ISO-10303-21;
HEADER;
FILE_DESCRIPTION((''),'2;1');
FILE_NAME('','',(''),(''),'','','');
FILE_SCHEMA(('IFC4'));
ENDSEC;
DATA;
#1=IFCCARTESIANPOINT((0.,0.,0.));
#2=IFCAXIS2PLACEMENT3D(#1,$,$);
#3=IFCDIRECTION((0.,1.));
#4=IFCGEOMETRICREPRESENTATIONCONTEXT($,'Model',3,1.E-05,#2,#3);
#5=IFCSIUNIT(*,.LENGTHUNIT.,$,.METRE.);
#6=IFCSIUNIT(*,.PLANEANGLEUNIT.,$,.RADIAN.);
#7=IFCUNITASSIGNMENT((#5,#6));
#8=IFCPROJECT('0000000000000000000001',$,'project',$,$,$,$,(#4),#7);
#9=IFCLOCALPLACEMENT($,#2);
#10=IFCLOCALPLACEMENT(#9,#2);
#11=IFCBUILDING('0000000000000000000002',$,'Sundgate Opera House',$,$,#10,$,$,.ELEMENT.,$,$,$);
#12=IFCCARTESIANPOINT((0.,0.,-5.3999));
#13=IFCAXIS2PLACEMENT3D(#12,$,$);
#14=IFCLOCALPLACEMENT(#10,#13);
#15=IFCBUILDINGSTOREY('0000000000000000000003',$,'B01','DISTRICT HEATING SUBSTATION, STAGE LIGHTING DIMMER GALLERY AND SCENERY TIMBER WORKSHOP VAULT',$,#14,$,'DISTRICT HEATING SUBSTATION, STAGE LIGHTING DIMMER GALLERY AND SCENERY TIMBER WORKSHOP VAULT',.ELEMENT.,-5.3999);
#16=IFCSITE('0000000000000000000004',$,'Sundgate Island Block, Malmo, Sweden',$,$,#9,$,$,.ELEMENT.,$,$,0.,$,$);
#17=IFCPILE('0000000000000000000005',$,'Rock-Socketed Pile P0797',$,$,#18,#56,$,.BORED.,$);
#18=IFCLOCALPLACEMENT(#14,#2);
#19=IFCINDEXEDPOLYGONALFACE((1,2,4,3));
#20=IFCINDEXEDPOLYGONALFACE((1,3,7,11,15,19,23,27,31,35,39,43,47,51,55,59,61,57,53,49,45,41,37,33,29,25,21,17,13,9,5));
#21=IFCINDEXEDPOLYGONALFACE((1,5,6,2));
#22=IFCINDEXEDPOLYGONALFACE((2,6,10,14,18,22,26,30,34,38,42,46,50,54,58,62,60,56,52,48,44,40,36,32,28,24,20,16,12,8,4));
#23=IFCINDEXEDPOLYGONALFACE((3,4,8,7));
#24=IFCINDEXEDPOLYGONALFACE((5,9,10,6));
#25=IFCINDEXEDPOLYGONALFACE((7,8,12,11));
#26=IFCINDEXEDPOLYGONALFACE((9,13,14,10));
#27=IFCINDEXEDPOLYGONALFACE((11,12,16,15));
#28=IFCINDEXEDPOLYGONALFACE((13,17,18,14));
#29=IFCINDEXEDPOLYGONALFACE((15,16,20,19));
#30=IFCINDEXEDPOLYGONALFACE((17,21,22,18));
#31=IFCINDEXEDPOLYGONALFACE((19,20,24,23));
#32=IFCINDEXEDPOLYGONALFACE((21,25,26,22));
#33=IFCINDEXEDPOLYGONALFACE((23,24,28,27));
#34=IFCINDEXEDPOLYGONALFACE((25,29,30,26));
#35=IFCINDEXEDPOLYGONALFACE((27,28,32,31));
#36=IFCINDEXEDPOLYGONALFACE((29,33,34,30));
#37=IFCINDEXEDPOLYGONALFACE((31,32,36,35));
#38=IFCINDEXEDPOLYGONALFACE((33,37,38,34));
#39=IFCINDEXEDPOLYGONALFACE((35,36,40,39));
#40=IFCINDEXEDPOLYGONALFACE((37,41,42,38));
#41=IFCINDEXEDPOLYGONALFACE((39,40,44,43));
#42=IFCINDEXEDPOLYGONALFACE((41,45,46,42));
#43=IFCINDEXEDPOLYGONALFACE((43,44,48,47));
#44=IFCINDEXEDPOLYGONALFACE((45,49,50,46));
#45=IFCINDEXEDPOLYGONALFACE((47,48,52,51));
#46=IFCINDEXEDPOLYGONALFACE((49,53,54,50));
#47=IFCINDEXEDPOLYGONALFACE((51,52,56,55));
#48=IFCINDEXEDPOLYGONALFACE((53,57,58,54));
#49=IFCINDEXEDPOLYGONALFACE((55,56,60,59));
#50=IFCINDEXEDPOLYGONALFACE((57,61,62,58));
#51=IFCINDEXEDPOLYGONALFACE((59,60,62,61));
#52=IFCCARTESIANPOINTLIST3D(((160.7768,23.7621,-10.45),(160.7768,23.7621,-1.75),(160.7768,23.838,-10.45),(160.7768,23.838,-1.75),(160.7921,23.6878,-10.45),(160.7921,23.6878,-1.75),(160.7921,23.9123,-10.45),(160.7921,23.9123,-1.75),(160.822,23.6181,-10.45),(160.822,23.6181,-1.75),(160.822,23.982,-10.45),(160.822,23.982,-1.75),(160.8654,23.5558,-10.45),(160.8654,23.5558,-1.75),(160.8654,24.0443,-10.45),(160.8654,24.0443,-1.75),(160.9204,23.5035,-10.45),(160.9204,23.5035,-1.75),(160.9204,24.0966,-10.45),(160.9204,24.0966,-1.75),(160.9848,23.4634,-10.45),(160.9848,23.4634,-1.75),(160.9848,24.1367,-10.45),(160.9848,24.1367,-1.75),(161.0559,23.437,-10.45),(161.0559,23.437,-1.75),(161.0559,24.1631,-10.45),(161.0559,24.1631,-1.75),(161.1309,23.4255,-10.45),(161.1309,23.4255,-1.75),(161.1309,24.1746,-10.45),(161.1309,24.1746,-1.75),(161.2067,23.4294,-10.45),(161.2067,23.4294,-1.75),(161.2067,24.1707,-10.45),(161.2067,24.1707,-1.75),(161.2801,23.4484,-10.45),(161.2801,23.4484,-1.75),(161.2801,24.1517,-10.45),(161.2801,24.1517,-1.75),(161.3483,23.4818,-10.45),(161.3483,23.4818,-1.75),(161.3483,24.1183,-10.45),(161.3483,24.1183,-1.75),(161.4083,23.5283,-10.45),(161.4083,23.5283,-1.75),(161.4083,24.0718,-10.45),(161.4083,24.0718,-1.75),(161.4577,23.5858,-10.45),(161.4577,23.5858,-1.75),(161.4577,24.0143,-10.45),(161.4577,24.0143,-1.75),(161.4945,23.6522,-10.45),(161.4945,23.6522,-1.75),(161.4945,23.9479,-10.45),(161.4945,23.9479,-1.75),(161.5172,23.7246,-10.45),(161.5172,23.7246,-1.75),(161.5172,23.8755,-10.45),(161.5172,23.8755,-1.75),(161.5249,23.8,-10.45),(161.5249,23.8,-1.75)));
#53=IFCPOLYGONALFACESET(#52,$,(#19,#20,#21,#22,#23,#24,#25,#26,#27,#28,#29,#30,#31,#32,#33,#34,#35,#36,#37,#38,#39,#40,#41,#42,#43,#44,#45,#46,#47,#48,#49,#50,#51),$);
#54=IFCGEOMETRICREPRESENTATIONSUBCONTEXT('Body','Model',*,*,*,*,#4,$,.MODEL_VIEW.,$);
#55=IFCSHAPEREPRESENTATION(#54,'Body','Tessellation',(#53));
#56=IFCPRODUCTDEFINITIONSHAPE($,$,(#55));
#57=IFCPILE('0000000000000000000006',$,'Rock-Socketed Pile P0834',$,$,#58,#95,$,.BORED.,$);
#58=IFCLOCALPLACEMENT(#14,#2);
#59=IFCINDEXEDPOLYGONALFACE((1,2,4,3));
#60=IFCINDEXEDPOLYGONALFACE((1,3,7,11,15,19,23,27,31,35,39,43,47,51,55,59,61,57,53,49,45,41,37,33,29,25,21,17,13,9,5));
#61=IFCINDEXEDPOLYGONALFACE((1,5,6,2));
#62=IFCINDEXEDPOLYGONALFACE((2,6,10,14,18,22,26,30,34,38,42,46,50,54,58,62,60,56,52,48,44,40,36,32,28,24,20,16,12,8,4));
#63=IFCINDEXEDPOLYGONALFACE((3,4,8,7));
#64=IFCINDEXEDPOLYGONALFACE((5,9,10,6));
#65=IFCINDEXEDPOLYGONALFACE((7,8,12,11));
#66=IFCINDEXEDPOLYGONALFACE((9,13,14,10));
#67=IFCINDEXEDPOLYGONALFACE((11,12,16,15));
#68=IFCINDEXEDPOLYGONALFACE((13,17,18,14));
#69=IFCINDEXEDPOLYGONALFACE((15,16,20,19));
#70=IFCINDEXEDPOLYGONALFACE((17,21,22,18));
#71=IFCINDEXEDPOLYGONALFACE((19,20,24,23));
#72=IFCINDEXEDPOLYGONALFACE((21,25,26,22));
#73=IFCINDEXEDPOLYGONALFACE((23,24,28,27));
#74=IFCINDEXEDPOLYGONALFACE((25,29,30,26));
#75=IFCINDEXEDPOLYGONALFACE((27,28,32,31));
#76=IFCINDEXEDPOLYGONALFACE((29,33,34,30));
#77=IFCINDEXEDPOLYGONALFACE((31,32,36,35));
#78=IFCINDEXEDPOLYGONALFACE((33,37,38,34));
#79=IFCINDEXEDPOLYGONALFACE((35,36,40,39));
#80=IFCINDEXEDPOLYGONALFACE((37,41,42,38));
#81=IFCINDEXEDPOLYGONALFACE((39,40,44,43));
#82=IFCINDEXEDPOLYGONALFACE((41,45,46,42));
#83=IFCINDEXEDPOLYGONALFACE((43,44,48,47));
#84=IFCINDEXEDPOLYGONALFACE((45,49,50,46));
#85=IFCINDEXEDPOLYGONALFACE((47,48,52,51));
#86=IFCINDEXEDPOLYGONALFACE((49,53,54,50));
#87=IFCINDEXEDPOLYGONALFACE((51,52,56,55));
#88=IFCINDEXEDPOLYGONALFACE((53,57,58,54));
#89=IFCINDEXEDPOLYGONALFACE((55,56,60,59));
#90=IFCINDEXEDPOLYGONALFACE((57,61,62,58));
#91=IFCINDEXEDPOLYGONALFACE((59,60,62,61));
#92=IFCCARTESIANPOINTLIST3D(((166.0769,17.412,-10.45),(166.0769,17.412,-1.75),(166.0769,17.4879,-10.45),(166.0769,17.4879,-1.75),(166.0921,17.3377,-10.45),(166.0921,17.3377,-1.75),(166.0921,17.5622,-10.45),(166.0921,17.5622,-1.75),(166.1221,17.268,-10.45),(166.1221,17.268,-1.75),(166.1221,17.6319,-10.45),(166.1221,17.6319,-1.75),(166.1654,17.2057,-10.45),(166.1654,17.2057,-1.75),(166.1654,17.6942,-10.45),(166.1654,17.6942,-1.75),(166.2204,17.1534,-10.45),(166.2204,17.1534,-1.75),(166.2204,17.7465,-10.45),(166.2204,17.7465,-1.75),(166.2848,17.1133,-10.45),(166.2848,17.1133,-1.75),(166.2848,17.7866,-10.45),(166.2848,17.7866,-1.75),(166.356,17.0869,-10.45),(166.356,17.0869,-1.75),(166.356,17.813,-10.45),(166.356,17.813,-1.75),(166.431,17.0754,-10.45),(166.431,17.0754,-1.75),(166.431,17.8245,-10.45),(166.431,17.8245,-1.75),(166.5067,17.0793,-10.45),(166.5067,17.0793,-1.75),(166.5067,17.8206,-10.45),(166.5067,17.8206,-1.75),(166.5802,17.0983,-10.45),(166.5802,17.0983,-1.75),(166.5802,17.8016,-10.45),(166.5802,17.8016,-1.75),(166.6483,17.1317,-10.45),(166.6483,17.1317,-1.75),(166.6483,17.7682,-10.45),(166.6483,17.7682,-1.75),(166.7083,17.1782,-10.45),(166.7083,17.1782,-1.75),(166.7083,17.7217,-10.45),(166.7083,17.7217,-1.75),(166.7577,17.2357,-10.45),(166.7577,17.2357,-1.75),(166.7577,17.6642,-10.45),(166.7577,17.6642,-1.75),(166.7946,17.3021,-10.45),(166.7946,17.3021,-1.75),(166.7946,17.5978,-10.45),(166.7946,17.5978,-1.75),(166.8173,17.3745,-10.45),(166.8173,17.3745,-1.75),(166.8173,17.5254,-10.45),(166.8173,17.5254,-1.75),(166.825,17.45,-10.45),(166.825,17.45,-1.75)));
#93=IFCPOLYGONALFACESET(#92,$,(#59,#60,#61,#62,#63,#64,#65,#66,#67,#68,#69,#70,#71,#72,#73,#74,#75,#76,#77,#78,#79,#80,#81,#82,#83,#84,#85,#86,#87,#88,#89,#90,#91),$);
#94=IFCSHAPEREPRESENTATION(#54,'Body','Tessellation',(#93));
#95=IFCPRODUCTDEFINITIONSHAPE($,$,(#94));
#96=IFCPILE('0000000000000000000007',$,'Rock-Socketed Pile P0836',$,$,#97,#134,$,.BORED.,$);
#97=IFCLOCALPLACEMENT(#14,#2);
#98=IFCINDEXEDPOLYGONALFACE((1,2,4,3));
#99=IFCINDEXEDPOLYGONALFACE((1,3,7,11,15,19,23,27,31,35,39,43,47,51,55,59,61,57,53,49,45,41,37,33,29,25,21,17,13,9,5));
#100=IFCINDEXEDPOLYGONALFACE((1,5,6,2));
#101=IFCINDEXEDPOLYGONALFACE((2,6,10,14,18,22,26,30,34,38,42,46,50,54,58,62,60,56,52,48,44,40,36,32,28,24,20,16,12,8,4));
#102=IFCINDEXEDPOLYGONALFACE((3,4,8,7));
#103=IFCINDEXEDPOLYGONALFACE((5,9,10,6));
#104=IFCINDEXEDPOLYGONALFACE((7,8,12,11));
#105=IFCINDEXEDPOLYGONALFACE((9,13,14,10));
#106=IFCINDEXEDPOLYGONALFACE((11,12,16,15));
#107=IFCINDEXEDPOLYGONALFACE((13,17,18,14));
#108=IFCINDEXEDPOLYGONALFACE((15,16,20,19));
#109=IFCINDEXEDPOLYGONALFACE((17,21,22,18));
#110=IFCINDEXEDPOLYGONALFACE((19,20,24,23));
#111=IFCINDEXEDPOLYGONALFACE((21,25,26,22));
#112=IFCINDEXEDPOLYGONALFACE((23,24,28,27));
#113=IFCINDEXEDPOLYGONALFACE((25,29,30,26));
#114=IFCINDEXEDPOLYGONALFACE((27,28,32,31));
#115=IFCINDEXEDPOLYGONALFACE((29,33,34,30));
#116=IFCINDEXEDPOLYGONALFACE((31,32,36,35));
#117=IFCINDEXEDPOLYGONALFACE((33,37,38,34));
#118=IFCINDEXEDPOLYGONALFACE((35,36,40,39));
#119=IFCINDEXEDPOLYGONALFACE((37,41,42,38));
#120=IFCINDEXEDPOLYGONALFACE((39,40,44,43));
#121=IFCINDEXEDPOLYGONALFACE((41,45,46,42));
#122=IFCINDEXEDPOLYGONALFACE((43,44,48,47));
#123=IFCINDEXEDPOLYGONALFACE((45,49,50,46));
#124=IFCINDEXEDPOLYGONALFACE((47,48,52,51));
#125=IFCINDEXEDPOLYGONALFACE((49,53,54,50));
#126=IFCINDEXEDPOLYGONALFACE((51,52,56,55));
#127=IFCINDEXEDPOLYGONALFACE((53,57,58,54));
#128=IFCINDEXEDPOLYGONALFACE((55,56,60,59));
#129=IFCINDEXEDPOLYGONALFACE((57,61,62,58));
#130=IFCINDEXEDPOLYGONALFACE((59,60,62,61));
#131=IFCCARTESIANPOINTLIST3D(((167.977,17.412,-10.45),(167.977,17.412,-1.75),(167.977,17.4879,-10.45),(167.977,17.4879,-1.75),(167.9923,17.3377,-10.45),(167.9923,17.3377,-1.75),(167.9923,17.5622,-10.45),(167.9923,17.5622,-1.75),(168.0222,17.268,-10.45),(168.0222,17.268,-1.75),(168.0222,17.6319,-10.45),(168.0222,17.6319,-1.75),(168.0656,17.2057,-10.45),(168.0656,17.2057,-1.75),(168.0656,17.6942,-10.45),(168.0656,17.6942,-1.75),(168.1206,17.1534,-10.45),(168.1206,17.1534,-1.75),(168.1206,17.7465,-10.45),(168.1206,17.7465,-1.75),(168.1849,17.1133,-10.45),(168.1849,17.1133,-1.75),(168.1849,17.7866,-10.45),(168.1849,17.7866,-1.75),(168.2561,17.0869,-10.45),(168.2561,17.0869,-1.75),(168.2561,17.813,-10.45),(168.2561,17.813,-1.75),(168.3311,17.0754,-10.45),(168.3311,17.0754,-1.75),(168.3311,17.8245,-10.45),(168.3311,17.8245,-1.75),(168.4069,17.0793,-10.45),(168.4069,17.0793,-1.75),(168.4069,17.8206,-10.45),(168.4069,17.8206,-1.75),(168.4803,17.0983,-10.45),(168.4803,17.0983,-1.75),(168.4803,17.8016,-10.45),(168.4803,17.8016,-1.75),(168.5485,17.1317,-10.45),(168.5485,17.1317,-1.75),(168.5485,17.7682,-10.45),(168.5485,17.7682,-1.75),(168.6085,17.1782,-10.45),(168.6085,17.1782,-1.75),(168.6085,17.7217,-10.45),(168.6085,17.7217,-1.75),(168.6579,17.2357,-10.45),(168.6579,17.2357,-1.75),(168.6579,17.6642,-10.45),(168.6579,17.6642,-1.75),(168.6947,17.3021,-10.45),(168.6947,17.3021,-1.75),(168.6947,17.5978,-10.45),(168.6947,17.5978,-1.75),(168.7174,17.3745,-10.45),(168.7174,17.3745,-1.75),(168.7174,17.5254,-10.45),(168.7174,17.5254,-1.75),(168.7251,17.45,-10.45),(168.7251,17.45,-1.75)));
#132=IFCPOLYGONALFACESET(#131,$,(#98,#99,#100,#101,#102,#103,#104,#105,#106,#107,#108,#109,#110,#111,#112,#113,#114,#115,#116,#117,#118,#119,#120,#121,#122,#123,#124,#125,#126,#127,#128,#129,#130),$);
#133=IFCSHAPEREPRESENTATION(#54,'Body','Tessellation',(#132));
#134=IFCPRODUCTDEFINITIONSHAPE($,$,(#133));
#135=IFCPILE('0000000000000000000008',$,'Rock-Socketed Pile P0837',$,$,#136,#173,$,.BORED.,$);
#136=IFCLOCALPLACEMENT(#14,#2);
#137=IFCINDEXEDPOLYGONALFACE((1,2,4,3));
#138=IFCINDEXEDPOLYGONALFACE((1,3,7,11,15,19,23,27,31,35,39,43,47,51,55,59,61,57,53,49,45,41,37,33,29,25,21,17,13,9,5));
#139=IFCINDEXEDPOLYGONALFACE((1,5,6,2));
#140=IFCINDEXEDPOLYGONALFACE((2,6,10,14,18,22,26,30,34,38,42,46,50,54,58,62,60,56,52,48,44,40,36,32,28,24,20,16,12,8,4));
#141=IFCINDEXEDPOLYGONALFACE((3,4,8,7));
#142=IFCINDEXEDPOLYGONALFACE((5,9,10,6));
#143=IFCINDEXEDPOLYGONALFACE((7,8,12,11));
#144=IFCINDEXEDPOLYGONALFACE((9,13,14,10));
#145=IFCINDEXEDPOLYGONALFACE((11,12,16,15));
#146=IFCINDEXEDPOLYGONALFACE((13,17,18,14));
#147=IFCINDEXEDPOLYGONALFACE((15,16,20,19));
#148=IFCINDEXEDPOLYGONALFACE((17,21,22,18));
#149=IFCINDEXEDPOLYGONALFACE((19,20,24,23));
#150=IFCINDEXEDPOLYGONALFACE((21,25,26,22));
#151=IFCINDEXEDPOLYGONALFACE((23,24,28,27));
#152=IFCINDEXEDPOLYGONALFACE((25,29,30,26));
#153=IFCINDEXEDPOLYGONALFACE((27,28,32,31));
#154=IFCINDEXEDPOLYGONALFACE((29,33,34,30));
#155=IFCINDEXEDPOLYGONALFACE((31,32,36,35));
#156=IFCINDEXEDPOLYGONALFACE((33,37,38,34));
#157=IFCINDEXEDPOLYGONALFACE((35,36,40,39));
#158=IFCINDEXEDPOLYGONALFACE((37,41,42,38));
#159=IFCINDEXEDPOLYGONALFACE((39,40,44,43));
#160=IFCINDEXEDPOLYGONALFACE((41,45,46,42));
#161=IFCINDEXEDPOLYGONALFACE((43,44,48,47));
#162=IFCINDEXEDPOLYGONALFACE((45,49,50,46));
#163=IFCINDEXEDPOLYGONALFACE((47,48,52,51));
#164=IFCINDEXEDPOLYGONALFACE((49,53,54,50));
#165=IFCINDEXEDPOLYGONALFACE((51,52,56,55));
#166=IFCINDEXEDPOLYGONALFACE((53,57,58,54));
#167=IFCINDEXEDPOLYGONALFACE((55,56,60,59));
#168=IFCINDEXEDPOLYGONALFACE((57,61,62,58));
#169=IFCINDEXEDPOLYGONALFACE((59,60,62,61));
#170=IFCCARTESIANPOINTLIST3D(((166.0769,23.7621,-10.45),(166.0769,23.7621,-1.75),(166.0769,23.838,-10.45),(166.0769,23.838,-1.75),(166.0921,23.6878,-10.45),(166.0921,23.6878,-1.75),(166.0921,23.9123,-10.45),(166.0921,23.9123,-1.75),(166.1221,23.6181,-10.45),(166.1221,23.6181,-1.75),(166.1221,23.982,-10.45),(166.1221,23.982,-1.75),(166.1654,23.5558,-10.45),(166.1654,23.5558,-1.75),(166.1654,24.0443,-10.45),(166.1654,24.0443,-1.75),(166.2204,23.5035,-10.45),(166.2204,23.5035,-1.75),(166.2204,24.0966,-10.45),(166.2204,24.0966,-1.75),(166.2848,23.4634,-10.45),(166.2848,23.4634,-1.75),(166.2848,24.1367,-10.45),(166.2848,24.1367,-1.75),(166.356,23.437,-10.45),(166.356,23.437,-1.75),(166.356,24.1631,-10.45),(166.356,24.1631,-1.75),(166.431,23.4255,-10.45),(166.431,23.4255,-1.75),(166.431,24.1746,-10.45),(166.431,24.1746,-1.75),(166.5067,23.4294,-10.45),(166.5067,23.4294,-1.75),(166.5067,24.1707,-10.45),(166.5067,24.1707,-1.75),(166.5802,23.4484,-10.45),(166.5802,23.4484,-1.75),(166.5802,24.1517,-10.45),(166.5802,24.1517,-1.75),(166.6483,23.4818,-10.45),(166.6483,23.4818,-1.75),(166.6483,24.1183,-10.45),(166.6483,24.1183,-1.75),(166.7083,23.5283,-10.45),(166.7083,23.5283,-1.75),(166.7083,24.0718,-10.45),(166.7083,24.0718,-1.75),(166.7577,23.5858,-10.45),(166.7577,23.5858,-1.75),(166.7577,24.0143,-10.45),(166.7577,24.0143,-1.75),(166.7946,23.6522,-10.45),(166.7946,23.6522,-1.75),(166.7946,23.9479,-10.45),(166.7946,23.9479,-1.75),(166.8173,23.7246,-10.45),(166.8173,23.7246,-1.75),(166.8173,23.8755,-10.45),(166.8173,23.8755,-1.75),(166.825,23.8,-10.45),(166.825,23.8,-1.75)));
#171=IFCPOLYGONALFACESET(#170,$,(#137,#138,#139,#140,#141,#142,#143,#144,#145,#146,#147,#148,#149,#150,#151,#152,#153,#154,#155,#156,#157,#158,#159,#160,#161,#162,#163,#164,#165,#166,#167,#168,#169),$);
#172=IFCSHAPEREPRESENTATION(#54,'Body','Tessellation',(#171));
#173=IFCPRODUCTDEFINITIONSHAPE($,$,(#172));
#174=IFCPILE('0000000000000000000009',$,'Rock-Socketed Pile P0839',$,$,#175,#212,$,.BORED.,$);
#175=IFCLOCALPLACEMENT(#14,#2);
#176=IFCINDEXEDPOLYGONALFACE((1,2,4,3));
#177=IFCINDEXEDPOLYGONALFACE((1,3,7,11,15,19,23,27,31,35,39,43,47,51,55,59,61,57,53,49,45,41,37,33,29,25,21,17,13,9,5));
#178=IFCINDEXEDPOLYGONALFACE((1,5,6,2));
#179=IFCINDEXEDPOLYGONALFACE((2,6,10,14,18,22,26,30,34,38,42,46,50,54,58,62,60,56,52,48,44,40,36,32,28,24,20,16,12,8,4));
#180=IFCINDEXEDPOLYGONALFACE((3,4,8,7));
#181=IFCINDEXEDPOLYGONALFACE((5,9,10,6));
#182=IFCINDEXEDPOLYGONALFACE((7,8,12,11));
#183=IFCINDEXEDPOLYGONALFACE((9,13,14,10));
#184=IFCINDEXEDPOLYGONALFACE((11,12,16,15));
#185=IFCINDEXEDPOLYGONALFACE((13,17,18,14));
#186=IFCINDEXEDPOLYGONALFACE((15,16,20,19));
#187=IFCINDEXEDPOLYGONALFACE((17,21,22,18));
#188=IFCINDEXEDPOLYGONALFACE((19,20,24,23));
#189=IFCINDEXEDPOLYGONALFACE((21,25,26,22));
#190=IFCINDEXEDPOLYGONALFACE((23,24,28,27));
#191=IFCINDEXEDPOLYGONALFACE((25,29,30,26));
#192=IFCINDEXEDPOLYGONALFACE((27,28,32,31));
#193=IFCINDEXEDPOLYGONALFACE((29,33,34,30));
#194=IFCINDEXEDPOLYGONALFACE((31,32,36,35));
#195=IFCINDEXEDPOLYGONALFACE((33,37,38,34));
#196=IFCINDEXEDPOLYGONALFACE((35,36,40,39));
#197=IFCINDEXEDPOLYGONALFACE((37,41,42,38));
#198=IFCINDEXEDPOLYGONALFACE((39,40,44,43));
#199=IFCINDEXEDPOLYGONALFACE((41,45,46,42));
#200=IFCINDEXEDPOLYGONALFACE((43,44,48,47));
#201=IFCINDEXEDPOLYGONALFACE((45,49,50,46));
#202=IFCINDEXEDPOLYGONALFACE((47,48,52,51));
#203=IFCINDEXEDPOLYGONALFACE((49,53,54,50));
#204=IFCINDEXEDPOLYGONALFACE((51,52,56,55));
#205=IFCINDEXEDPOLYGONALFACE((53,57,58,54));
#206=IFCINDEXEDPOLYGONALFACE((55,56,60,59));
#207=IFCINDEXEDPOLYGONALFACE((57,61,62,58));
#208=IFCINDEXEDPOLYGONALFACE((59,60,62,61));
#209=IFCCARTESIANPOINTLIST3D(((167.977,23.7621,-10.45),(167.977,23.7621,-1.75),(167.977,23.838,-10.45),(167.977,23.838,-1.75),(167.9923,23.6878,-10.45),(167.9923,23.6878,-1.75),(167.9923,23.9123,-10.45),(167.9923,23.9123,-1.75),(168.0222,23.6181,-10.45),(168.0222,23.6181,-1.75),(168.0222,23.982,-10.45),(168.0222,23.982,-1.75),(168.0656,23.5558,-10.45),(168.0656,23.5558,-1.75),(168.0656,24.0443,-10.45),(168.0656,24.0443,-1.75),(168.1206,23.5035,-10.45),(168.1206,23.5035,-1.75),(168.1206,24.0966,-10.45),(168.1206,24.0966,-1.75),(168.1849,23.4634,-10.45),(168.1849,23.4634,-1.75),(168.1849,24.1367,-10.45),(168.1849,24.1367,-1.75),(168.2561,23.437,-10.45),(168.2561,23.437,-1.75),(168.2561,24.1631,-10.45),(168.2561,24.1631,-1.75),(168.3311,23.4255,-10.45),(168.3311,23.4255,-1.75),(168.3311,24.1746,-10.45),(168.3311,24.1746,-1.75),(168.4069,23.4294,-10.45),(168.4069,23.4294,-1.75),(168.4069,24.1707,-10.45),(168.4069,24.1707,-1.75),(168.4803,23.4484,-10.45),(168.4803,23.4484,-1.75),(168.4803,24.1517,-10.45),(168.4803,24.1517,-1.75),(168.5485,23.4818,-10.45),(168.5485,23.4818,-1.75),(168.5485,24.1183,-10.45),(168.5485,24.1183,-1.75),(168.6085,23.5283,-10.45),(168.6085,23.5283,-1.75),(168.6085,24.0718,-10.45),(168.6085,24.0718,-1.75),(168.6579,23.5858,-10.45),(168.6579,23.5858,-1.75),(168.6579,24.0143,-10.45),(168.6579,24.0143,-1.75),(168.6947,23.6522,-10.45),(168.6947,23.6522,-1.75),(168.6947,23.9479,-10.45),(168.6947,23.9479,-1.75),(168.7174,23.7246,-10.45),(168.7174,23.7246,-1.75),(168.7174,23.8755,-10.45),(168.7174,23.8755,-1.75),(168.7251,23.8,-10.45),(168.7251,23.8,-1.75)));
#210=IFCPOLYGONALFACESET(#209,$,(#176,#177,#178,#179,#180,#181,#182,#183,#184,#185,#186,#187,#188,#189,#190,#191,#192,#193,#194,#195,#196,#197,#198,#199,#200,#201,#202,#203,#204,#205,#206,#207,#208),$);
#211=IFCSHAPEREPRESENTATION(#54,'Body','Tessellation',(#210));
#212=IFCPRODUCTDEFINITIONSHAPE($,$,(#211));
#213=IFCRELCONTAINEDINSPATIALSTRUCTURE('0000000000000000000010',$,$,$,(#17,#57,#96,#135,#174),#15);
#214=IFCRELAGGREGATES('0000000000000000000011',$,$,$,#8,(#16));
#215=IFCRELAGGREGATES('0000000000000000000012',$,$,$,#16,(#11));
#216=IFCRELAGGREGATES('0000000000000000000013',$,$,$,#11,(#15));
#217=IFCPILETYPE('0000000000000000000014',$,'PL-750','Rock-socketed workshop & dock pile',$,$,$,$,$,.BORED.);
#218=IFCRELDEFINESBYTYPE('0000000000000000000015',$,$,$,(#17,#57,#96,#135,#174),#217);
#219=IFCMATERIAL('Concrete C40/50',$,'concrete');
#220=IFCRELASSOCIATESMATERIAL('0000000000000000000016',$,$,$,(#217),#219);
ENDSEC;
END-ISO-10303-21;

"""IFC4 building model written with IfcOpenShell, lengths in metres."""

from ifc_helpers import new_model, si_unit, direction, frame, origin, origin_2d, place, context, subcontext, project, spatial, circle, extrude, material, material_profile, profile_set, type_object, element, save


model = new_model("IFC4")

# Units and contexts
model_context = context("Model", 3, precision=1e-05, world=origin(), true_north=direction((0.0, 1.0)))
body_context = subcontext(model_context, "Body", "Model", "MODEL_VIEW")
ifc_project = project(units=[si_unit("LENGTHUNIT", "METRE"), si_unit("PLANEANGLEUNIT", "RADIAN")], contexts=[model_context])

# Site, building, storey
site_placement = place(None, origin())
site = spatial("IfcSite", under=ifc_project, at=site_placement, Name="Sundgate Island Block, Malmo, Sweden", CompositionType="ELEMENT", RefElevation=0.0)
building_placement = place(site_placement, origin())
building = spatial("IfcBuilding", under=site, at=building_placement, Name="Sundgate Opera House", CompositionType="ELEMENT")
storey_placement = place(building_placement, frame((0.0, 0.0, -5.3999)))
storey = spatial("IfcBuildingStorey", under=building, at=storey_placement, Name="B01", Description="DISTRICT HEATING SUBSTATION, STAGE LIGHTING DIMMER GALLERY AND SCENERY TIMBER WORKSHOP VAULT", LongName="DISTRICT HEATING SUBSTATION, STAGE LIGHTING DIMMER GALLERY AND SCENERY TIMBER WORKSHOP VAULT", CompositionType="ELEMENT", Elevation=-5.3999)

# Piles
ifc_material_1 = material(Name="Concrete C40/50", Category="concrete")
ifc_material_profile_1 = material_profile(ifc_material_1, circle(Radius=0.375, at=origin_2d()), Name="PILE D750")
ifc_profile_set_1 = profile_set([ifc_material_profile_1], Name="Concrete C40/50")
pile_type = type_object("IfcPileType", Name="PL-750", Description="Rock-socketed workshop & dock pile", PredefinedType="BORED", material=ifc_profile_set_1)
for number, where, z_axis, x_axis, name in (
    (1, (161.1499, 23.8, -1.75), (0.0, 0.0, -1.0), (1.0, 0.0, 0.0), "Rock-Socketed Pile P0797"),
    (2, (166.45, 17.45, -1.75), (0.0, 0.0, -1.0), (1.0, 0.0, 0.0), "Rock-Socketed Pile P0834"),
    (3, (168.3501, 17.45, -1.75), (0.0, 0.0, -1.0), (1.0, 0.0, 0.0), "Rock-Socketed Pile P0836"),
    (4, (166.45, 23.8, -1.75), (0.0, 0.0, -1.0), (1.0, 0.0, 0.0), "Rock-Socketed Pile P0837"),
    (5, (168.3501, 23.8, -1.75), (0.0, 0.0, -1.0), (1.0, 0.0, 0.0), "Rock-Socketed Pile P0839"),
):
    element("IfcPile", number, at=place(storey_placement, frame(where, z_axis=z_axis, x_axis=x_axis)), inside=storey, type_object=pile_type, Name=name, PredefinedType="BORED", context=body_context, shape_type="SweptSolid", body=[
        extrude(circle(Radius=0.375, at=origin_2d()), origin(), (0.0, 0.0, 1.0), 8.7),
    ])

save(model, "model.ifc")
